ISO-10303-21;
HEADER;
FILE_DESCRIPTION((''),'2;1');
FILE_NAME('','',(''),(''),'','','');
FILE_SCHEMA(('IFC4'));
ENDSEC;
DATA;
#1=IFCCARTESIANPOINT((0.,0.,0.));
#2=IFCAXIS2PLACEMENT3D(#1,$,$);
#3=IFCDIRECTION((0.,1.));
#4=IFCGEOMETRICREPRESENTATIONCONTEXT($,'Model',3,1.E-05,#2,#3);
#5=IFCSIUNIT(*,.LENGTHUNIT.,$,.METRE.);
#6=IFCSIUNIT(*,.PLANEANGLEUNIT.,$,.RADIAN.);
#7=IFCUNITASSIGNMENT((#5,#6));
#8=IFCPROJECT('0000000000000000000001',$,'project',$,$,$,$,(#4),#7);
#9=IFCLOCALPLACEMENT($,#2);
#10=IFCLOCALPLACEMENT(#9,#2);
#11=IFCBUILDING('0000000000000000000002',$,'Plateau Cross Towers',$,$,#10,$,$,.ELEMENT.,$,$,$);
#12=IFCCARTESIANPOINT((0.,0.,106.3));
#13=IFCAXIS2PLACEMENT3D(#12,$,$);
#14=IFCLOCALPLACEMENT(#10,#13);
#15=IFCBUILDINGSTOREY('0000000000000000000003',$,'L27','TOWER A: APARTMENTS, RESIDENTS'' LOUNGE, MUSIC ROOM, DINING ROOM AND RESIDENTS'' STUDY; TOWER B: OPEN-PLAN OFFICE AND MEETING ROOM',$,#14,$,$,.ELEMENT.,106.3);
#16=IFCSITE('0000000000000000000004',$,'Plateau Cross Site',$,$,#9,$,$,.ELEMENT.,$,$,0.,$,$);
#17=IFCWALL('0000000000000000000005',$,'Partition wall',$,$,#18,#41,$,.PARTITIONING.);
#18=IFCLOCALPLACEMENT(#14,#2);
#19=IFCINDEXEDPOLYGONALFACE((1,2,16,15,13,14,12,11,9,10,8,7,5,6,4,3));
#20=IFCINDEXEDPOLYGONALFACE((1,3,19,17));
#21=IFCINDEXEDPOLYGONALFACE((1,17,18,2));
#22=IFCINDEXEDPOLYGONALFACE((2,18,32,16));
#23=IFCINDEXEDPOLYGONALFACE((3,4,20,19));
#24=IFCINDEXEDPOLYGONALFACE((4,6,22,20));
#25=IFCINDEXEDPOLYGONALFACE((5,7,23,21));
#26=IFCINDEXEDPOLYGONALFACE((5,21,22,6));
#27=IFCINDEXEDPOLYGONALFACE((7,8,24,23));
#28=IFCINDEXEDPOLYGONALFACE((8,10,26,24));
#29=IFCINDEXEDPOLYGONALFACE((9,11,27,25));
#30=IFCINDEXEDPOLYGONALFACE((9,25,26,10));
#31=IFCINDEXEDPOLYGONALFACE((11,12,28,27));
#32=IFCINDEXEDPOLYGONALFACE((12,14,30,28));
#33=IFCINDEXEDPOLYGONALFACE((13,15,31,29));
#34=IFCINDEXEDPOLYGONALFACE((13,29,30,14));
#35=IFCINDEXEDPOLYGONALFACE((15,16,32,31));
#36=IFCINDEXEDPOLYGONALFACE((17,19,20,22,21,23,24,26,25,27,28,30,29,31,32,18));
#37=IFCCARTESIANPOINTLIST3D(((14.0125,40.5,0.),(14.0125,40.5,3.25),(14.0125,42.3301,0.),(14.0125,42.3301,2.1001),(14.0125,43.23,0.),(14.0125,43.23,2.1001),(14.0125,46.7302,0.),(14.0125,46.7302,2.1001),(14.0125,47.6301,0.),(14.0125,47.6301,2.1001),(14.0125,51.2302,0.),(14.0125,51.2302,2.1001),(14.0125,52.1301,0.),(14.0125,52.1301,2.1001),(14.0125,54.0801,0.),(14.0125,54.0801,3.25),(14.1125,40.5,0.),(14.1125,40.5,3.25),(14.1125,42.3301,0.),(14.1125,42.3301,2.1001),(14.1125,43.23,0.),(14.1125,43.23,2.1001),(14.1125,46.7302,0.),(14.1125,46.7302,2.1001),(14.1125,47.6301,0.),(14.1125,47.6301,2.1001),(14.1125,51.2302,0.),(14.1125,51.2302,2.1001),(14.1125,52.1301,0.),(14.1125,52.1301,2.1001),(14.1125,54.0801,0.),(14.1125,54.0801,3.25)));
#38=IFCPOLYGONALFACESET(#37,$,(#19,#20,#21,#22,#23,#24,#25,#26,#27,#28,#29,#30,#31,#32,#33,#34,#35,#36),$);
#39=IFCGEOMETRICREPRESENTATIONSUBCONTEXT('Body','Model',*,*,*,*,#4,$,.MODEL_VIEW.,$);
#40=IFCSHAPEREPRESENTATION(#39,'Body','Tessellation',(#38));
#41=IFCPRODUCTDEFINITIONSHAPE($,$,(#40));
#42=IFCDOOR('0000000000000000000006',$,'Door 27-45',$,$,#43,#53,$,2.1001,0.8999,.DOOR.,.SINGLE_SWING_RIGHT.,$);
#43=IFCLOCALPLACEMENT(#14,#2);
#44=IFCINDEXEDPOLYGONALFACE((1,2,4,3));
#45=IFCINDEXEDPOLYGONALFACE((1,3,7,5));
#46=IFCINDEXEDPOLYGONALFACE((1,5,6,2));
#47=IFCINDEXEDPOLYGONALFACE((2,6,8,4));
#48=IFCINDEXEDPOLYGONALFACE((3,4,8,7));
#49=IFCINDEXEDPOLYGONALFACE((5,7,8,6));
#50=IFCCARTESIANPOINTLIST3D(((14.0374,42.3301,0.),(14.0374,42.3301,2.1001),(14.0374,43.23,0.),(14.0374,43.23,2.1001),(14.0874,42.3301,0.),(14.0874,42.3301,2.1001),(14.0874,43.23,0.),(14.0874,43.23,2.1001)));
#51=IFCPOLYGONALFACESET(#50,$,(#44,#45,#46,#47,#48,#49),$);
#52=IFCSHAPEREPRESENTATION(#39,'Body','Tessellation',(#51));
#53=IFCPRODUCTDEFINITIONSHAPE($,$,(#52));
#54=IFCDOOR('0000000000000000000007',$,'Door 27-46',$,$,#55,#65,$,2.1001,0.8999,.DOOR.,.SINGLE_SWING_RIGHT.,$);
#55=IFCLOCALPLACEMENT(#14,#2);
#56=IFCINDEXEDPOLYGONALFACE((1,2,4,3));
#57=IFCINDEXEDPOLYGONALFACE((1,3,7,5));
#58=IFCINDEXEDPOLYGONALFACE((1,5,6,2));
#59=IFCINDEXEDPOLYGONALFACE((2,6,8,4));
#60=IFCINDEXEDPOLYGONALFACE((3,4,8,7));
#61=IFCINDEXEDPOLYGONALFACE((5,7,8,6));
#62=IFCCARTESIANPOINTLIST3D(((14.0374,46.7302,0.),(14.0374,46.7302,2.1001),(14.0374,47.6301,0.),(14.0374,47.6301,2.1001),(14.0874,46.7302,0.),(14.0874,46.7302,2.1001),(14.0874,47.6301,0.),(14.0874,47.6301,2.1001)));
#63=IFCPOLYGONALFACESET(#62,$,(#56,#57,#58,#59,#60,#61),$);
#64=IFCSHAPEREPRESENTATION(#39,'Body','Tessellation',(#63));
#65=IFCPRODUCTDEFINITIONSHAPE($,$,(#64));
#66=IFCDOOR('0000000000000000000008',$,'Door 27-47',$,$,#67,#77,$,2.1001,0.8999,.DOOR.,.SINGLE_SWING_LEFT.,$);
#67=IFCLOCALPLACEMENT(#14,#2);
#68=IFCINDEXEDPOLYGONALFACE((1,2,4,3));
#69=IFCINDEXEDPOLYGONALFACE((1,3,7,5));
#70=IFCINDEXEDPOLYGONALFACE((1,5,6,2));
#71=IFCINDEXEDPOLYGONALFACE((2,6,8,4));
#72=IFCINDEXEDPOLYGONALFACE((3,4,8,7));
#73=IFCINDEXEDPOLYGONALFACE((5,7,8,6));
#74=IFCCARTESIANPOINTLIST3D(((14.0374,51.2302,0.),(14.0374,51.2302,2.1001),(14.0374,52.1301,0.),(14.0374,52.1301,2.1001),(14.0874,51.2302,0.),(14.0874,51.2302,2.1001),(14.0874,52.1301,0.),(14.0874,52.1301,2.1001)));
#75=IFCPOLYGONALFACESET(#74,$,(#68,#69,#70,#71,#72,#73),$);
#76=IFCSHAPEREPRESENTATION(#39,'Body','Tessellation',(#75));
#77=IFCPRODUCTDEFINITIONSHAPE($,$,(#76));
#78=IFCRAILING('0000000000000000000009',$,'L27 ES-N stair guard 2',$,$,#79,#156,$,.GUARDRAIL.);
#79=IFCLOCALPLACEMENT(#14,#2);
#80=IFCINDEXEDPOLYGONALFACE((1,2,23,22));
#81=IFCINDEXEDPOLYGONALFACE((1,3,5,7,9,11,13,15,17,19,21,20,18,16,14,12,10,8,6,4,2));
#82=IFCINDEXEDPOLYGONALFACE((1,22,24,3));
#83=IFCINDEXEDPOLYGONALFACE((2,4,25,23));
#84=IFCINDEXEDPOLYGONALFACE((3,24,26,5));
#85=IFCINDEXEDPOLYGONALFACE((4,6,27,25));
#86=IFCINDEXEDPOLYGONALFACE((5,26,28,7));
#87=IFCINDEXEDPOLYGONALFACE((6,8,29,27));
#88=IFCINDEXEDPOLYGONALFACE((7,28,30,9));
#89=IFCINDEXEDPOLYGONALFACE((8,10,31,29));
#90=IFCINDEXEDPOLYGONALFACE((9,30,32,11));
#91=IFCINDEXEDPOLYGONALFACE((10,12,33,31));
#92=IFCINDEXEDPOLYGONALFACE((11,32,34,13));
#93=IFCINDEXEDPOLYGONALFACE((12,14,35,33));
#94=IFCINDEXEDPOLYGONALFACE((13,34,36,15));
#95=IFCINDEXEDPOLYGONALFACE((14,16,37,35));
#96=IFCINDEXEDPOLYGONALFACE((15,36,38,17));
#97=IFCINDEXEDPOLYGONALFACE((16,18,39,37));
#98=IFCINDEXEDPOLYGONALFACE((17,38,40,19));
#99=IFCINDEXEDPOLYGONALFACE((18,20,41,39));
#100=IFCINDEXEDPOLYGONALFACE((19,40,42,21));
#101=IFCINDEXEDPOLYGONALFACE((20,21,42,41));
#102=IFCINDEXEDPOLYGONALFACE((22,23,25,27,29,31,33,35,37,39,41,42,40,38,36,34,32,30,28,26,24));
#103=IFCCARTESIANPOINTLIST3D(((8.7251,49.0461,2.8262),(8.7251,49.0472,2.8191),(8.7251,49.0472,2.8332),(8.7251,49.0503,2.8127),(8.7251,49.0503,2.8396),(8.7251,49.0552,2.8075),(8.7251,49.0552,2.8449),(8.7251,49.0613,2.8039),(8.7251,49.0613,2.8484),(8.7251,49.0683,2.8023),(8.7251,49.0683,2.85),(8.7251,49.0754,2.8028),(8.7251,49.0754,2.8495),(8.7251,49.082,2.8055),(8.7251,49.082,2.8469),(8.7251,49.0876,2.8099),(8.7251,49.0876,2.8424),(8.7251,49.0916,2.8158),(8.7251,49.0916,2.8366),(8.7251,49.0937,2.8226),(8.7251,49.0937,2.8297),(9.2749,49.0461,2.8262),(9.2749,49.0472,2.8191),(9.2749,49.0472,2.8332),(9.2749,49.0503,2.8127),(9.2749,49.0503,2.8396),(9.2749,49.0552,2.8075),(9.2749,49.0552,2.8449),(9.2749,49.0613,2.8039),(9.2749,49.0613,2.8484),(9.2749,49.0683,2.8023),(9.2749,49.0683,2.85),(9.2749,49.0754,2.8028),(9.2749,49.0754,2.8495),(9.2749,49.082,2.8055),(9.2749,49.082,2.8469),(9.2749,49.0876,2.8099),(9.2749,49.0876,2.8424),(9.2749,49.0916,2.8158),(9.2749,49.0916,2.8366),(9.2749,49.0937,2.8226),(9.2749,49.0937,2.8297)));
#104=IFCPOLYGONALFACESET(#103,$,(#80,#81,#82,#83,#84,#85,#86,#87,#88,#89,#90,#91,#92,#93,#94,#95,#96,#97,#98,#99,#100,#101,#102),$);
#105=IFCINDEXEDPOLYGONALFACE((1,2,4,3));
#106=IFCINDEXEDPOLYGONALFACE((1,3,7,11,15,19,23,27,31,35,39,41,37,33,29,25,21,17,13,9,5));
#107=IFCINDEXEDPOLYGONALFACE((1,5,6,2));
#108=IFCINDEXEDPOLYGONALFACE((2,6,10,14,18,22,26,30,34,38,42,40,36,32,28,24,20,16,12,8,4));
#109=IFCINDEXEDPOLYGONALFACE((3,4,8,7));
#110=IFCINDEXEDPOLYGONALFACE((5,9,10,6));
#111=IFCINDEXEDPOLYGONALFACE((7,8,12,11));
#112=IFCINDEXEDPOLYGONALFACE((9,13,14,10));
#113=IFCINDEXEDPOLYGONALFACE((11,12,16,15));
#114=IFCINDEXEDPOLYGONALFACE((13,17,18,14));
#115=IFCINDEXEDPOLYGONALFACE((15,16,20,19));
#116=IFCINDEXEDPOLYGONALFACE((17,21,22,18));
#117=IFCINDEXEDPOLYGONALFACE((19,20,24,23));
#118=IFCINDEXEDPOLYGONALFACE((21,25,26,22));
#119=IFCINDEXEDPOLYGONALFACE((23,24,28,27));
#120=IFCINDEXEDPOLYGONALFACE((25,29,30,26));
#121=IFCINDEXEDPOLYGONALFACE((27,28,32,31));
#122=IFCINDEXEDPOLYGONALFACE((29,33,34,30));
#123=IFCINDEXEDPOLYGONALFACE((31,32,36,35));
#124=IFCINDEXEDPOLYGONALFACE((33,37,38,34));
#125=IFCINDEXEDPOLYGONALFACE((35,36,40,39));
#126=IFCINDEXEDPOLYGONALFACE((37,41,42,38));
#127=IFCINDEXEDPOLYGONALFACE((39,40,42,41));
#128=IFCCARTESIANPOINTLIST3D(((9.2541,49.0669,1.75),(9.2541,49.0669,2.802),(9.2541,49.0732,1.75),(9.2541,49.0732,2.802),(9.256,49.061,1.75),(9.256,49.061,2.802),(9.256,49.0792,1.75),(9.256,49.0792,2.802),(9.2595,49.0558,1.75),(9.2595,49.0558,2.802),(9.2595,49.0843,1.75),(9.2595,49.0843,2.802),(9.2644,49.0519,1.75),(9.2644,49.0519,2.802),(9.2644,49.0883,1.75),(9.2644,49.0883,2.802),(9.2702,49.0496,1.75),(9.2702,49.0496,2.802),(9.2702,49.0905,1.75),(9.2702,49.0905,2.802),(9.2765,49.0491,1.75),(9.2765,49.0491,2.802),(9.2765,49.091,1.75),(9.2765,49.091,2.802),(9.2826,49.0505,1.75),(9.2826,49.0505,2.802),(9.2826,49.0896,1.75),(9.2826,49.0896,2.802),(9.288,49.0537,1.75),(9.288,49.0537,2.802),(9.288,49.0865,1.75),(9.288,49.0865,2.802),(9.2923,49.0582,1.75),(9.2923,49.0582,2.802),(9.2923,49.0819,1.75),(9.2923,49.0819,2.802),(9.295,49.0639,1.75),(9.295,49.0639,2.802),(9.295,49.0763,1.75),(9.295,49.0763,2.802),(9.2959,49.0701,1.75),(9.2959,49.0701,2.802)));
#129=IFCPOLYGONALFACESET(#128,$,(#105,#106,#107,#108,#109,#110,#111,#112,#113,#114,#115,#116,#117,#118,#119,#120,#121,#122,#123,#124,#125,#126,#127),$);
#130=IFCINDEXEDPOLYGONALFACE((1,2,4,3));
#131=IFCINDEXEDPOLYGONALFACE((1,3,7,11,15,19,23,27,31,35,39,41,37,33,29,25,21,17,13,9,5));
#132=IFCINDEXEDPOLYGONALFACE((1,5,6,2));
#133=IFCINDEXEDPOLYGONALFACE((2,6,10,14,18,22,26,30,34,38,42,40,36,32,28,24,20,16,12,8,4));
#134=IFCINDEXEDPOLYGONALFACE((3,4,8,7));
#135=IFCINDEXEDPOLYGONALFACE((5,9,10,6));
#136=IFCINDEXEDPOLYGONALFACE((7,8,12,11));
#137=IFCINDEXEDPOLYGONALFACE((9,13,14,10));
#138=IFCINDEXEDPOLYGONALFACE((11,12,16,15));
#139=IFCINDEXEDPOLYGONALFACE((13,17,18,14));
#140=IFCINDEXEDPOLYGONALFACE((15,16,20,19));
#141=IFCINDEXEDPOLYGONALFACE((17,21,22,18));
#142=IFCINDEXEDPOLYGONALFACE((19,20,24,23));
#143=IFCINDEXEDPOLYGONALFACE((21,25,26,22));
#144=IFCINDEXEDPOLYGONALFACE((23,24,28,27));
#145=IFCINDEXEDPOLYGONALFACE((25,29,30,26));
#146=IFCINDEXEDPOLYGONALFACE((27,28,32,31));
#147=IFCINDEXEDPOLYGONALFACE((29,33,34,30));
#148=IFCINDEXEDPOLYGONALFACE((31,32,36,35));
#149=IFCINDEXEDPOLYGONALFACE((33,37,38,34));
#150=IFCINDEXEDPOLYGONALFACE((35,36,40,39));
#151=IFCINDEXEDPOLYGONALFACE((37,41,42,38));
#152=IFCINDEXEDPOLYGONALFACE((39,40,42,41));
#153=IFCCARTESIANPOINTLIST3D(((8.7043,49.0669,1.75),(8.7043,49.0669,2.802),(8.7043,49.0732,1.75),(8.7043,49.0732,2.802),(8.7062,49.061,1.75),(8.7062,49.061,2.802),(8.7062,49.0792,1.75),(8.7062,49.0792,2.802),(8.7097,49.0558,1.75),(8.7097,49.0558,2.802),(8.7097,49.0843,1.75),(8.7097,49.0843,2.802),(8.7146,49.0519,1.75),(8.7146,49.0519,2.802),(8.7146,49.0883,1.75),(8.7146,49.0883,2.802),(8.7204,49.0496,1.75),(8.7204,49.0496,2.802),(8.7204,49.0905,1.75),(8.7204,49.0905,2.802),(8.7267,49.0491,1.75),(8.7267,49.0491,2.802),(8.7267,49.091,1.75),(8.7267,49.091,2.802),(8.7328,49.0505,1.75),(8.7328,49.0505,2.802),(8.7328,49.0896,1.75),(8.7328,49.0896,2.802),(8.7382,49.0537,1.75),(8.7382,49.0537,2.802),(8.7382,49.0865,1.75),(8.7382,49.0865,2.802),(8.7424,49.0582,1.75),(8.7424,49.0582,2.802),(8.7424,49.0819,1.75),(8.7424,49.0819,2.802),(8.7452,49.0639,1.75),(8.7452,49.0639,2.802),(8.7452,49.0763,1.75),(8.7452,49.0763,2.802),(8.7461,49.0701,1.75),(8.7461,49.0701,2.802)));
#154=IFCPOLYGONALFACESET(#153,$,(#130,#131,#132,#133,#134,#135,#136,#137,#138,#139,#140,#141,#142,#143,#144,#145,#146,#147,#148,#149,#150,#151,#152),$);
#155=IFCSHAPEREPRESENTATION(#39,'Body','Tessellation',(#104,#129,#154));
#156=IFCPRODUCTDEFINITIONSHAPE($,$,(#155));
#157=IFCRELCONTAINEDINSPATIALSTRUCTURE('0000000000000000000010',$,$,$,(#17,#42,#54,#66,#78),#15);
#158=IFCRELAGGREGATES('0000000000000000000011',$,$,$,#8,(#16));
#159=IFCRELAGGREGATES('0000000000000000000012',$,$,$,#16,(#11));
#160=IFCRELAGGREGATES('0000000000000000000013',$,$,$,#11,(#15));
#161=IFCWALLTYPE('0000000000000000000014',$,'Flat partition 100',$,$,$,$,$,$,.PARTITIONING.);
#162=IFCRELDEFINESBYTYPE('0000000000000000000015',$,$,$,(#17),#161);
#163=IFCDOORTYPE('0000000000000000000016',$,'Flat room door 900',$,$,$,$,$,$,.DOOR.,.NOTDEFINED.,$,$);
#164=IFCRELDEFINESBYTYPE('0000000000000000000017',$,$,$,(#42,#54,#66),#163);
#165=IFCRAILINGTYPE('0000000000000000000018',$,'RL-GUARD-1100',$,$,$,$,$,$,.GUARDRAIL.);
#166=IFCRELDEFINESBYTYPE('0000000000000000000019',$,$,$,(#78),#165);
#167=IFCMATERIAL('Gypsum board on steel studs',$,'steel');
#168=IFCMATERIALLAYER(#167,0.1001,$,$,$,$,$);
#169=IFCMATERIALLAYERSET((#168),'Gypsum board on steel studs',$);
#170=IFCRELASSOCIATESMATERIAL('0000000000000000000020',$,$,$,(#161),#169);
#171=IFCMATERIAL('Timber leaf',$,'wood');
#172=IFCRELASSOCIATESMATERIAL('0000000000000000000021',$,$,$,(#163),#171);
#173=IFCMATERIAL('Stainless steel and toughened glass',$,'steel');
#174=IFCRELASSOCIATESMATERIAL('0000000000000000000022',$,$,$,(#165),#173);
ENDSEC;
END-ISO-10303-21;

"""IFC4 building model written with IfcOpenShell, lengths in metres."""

from ifc_helpers import new_model, si_unit, direction, frame, frame_2d, origin, origin_2d, place, context, subcontext, project, spatial, rectangle, circle, extrude, material, layer, layer_set, type_object, element, fill, save


model = new_model("IFC4")

# Units and contexts
model_context = context("Model", 3, precision=1e-05, world=origin(), true_north=direction((0.0, 1.0)))
body_context = subcontext(model_context, "Body", "Model", "MODEL_VIEW")
ifc_project = project(units=[si_unit("LENGTHUNIT", "METRE"), si_unit("PLANEANGLEUNIT", "RADIAN")], contexts=[model_context])

# Site, building, storey
site_placement = place(None, origin())
site = spatial("IfcSite", under=ifc_project, at=site_placement, Name="Plateau Cross Site", CompositionType="ELEMENT", RefElevation=0.0)
building_placement = place(site_placement, origin())
building = spatial("IfcBuilding", under=site, at=building_placement, Name="Plateau Cross Towers", CompositionType="ELEMENT")
storey_placement = place(building_placement, frame((0.0, 0.0, 106.3)))
storey = spatial("IfcBuildingStorey", under=building, at=storey_placement, Name="L27", Description="TOWER A: APARTMENTS, RESIDENTS' LOUNGE, MUSIC ROOM, DINING ROOM AND RESIDENTS' STUDY; TOWER B: OPEN-PLAN OFFICE AND MEETING ROOM", CompositionType="ELEMENT", Elevation=106.3)

# Shared definitions
ifc_material_1 = material(Name="Gypsum board on steel studs", Category="steel")
ifc_layer_1 = layer(ifc_material_1, 0.1001)
ifc_layer_set_1 = layer_set([ifc_layer_1], Name="Gypsum board on steel studs")
wall_type = type_object("IfcWallType", Name="Flat partition 100", PredefinedType="PARTITIONING", material=ifc_layer_set_1)

# Wall, openings, doors
wall_1_placement = place(storey_placement, frame((14.0625, 54.0801, 0.0), z_axis=(0.0, 0.0, 1.0), x_axis=(0.0, -1.0, 0.0)))
wall_1 = element("IfcWall", 1, at=wall_1_placement, inside=storey, type_object=wall_type, Name="Partition wall", PredefinedType="PARTITIONING", context=body_context, shape_type="SweptSolid", body=[
    extrude(rectangle(XDim=13.5801, YDim=0.1001, at=frame_2d((6.79, 0.0))), origin(), (0.0, 0.0, 1.0), 3.25),
])
opening_1_placement = place(wall_1_placement, frame((10.8501, 0.0, 0.0)))
opening_1 = element("IfcOpeningElement", 2, at=opening_1_placement, cuts=wall_1, PredefinedType="OPENING", context=body_context, shape_type="SweptSolid", body=[
    extrude(rectangle(XDim=0.8999, YDim=2.1001, at=frame_2d((0.45, 1.05))), frame((0.0, 0.0601, 0.0), z_axis=(0.0, -1.0, 0.0), x_axis=(1.0, 0.0, 0.0)), (0.0, 0.0, 1.0), 0.1201),
])
opening_2_placement = place(wall_1_placement, frame((6.45, 0.0, 0.0)))
opening_2 = element("IfcOpeningElement", 3, at=opening_2_placement, cuts=wall_1, PredefinedType="OPENING", context=body_context, shape_type="SweptSolid", body=[
    extrude(rectangle(XDim=0.8999, YDim=2.1001, at=frame_2d((0.45, 1.05))), frame((0.0, 0.0601, 0.0), z_axis=(0.0, -1.0, 0.0), x_axis=(1.0, 0.0, 0.0)), (0.0, 0.0, 1.0), 0.1201),
])
opening_3_placement = place(wall_1_placement, frame((1.95, 0.0, 0.0)))
opening_3 = element("IfcOpeningElement", 4, at=opening_3_placement, cuts=wall_1, PredefinedType="OPENING", context=body_context, shape_type="SweptSolid", body=[
    extrude(rectangle(XDim=0.8999, YDim=2.1001, at=frame_2d((0.45, 1.05))), frame((0.0, 0.0601, 0.0), z_axis=(0.0, -1.0, 0.0), x_axis=(1.0, 0.0, 0.0)), (0.0, 0.0, 1.0), 0.1201),
])
ifc_material_2 = material(Name="Timber leaf", Category="wood")
door_type = type_object("IfcDoorType", Name="Flat room door 900", OperationType="NOTDEFINED", PredefinedType="DOOR", material=ifc_material_2)
door_1_placement = place(opening_1_placement, origin())
door_1 = element("IfcDoor", 5, at=door_1_placement, inside=storey, type_object=door_type, Name="Door 27-45", OperationType="SINGLE_SWING_RIGHT", OverallHeight=2.1001, OverallWidth=0.8999, PredefinedType="DOOR", context=body_context, shape_type="SweptSolid", body=[
    extrude(rectangle(XDim=0.8999, YDim=2.1001, at=frame_2d((0.45, 1.05))), frame((0.0, 0.0249, 0.0), z_axis=(0.0, -1.0, 0.0), x_axis=(1.0, 0.0, 0.0)), (0.0, 0.0, 1.0), 0.05),
])
fill(opening_1, door_1)
door_2_placement = place(opening_2_placement, origin())
door_2 = element("IfcDoor", 6, at=door_2_placement, inside=storey, type_object=door_type, Name="Door 27-46", OperationType="SINGLE_SWING_RIGHT", OverallHeight=2.1001, OverallWidth=0.8999, PredefinedType="DOOR", context=body_context, shape_type="SweptSolid", body=[
    extrude(rectangle(XDim=0.8999, YDim=2.1001, at=frame_2d((0.45, 1.05))), frame((0.0, 0.0249, 0.0), z_axis=(0.0, -1.0, 0.0), x_axis=(1.0, 0.0, 0.0)), (0.0, 0.0, 1.0), 0.05),
])
fill(opening_2, door_2)
door_3_placement = place(opening_3_placement, origin())
door_3 = element("IfcDoor", 7, at=door_3_placement, inside=storey, type_object=door_type, Name="Door 27-47", OperationType="SINGLE_SWING_LEFT", OverallHeight=2.1001, OverallWidth=0.8999, PredefinedType="DOOR", context=body_context, shape_type="SweptSolid", body=[
    extrude(rectangle(XDim=0.8999, YDim=2.1001, at=frame_2d((0.45, 1.05))), frame((0.0, 0.0249, 0.0), z_axis=(0.0, -1.0, 0.0), x_axis=(1.0, 0.0, 0.0)), (0.0, 0.0, 1.0), 0.05),
])
fill(opening_3, door_3)

# Railing
ifc_material_3 = material(Name="Stainless steel and toughened glass", Category="steel")
railing_type = type_object("IfcRailingType", Name="RL-GUARD-1100", PredefinedType="GUARDRAIL", material=ifc_material_3)
railing_placement = place(storey_placement, frame((9.2749, 49.0701, 1.75)))
element("IfcRailing", 8, at=railing_placement, inside=storey, type_object=railing_type, Name="L27 ES-N stair guard 2", PredefinedType="GUARDRAIL", context=body_context, shape_type="SweptSolid", body=[
    extrude(circle(Radius=0.0239, at=origin_2d()), frame((0.0, 0.0, 1.0762), z_axis=(-1.0, 0.0, 0.0), x_axis=(0.0, -1.0, 0.0)), (0.0, 0.0, 1.0), 0.5498),
    extrude(circle(Radius=0.021, at=origin_2d()), origin(), (0.0, 0.0, 1.0), 1.052),
    extrude(circle(Radius=0.021, at=origin_2d()), frame((-0.5498, 0.0, 0.0)), (0.0, 0.0, 1.0), 1.052),
])

save(model, "model.ifc")
